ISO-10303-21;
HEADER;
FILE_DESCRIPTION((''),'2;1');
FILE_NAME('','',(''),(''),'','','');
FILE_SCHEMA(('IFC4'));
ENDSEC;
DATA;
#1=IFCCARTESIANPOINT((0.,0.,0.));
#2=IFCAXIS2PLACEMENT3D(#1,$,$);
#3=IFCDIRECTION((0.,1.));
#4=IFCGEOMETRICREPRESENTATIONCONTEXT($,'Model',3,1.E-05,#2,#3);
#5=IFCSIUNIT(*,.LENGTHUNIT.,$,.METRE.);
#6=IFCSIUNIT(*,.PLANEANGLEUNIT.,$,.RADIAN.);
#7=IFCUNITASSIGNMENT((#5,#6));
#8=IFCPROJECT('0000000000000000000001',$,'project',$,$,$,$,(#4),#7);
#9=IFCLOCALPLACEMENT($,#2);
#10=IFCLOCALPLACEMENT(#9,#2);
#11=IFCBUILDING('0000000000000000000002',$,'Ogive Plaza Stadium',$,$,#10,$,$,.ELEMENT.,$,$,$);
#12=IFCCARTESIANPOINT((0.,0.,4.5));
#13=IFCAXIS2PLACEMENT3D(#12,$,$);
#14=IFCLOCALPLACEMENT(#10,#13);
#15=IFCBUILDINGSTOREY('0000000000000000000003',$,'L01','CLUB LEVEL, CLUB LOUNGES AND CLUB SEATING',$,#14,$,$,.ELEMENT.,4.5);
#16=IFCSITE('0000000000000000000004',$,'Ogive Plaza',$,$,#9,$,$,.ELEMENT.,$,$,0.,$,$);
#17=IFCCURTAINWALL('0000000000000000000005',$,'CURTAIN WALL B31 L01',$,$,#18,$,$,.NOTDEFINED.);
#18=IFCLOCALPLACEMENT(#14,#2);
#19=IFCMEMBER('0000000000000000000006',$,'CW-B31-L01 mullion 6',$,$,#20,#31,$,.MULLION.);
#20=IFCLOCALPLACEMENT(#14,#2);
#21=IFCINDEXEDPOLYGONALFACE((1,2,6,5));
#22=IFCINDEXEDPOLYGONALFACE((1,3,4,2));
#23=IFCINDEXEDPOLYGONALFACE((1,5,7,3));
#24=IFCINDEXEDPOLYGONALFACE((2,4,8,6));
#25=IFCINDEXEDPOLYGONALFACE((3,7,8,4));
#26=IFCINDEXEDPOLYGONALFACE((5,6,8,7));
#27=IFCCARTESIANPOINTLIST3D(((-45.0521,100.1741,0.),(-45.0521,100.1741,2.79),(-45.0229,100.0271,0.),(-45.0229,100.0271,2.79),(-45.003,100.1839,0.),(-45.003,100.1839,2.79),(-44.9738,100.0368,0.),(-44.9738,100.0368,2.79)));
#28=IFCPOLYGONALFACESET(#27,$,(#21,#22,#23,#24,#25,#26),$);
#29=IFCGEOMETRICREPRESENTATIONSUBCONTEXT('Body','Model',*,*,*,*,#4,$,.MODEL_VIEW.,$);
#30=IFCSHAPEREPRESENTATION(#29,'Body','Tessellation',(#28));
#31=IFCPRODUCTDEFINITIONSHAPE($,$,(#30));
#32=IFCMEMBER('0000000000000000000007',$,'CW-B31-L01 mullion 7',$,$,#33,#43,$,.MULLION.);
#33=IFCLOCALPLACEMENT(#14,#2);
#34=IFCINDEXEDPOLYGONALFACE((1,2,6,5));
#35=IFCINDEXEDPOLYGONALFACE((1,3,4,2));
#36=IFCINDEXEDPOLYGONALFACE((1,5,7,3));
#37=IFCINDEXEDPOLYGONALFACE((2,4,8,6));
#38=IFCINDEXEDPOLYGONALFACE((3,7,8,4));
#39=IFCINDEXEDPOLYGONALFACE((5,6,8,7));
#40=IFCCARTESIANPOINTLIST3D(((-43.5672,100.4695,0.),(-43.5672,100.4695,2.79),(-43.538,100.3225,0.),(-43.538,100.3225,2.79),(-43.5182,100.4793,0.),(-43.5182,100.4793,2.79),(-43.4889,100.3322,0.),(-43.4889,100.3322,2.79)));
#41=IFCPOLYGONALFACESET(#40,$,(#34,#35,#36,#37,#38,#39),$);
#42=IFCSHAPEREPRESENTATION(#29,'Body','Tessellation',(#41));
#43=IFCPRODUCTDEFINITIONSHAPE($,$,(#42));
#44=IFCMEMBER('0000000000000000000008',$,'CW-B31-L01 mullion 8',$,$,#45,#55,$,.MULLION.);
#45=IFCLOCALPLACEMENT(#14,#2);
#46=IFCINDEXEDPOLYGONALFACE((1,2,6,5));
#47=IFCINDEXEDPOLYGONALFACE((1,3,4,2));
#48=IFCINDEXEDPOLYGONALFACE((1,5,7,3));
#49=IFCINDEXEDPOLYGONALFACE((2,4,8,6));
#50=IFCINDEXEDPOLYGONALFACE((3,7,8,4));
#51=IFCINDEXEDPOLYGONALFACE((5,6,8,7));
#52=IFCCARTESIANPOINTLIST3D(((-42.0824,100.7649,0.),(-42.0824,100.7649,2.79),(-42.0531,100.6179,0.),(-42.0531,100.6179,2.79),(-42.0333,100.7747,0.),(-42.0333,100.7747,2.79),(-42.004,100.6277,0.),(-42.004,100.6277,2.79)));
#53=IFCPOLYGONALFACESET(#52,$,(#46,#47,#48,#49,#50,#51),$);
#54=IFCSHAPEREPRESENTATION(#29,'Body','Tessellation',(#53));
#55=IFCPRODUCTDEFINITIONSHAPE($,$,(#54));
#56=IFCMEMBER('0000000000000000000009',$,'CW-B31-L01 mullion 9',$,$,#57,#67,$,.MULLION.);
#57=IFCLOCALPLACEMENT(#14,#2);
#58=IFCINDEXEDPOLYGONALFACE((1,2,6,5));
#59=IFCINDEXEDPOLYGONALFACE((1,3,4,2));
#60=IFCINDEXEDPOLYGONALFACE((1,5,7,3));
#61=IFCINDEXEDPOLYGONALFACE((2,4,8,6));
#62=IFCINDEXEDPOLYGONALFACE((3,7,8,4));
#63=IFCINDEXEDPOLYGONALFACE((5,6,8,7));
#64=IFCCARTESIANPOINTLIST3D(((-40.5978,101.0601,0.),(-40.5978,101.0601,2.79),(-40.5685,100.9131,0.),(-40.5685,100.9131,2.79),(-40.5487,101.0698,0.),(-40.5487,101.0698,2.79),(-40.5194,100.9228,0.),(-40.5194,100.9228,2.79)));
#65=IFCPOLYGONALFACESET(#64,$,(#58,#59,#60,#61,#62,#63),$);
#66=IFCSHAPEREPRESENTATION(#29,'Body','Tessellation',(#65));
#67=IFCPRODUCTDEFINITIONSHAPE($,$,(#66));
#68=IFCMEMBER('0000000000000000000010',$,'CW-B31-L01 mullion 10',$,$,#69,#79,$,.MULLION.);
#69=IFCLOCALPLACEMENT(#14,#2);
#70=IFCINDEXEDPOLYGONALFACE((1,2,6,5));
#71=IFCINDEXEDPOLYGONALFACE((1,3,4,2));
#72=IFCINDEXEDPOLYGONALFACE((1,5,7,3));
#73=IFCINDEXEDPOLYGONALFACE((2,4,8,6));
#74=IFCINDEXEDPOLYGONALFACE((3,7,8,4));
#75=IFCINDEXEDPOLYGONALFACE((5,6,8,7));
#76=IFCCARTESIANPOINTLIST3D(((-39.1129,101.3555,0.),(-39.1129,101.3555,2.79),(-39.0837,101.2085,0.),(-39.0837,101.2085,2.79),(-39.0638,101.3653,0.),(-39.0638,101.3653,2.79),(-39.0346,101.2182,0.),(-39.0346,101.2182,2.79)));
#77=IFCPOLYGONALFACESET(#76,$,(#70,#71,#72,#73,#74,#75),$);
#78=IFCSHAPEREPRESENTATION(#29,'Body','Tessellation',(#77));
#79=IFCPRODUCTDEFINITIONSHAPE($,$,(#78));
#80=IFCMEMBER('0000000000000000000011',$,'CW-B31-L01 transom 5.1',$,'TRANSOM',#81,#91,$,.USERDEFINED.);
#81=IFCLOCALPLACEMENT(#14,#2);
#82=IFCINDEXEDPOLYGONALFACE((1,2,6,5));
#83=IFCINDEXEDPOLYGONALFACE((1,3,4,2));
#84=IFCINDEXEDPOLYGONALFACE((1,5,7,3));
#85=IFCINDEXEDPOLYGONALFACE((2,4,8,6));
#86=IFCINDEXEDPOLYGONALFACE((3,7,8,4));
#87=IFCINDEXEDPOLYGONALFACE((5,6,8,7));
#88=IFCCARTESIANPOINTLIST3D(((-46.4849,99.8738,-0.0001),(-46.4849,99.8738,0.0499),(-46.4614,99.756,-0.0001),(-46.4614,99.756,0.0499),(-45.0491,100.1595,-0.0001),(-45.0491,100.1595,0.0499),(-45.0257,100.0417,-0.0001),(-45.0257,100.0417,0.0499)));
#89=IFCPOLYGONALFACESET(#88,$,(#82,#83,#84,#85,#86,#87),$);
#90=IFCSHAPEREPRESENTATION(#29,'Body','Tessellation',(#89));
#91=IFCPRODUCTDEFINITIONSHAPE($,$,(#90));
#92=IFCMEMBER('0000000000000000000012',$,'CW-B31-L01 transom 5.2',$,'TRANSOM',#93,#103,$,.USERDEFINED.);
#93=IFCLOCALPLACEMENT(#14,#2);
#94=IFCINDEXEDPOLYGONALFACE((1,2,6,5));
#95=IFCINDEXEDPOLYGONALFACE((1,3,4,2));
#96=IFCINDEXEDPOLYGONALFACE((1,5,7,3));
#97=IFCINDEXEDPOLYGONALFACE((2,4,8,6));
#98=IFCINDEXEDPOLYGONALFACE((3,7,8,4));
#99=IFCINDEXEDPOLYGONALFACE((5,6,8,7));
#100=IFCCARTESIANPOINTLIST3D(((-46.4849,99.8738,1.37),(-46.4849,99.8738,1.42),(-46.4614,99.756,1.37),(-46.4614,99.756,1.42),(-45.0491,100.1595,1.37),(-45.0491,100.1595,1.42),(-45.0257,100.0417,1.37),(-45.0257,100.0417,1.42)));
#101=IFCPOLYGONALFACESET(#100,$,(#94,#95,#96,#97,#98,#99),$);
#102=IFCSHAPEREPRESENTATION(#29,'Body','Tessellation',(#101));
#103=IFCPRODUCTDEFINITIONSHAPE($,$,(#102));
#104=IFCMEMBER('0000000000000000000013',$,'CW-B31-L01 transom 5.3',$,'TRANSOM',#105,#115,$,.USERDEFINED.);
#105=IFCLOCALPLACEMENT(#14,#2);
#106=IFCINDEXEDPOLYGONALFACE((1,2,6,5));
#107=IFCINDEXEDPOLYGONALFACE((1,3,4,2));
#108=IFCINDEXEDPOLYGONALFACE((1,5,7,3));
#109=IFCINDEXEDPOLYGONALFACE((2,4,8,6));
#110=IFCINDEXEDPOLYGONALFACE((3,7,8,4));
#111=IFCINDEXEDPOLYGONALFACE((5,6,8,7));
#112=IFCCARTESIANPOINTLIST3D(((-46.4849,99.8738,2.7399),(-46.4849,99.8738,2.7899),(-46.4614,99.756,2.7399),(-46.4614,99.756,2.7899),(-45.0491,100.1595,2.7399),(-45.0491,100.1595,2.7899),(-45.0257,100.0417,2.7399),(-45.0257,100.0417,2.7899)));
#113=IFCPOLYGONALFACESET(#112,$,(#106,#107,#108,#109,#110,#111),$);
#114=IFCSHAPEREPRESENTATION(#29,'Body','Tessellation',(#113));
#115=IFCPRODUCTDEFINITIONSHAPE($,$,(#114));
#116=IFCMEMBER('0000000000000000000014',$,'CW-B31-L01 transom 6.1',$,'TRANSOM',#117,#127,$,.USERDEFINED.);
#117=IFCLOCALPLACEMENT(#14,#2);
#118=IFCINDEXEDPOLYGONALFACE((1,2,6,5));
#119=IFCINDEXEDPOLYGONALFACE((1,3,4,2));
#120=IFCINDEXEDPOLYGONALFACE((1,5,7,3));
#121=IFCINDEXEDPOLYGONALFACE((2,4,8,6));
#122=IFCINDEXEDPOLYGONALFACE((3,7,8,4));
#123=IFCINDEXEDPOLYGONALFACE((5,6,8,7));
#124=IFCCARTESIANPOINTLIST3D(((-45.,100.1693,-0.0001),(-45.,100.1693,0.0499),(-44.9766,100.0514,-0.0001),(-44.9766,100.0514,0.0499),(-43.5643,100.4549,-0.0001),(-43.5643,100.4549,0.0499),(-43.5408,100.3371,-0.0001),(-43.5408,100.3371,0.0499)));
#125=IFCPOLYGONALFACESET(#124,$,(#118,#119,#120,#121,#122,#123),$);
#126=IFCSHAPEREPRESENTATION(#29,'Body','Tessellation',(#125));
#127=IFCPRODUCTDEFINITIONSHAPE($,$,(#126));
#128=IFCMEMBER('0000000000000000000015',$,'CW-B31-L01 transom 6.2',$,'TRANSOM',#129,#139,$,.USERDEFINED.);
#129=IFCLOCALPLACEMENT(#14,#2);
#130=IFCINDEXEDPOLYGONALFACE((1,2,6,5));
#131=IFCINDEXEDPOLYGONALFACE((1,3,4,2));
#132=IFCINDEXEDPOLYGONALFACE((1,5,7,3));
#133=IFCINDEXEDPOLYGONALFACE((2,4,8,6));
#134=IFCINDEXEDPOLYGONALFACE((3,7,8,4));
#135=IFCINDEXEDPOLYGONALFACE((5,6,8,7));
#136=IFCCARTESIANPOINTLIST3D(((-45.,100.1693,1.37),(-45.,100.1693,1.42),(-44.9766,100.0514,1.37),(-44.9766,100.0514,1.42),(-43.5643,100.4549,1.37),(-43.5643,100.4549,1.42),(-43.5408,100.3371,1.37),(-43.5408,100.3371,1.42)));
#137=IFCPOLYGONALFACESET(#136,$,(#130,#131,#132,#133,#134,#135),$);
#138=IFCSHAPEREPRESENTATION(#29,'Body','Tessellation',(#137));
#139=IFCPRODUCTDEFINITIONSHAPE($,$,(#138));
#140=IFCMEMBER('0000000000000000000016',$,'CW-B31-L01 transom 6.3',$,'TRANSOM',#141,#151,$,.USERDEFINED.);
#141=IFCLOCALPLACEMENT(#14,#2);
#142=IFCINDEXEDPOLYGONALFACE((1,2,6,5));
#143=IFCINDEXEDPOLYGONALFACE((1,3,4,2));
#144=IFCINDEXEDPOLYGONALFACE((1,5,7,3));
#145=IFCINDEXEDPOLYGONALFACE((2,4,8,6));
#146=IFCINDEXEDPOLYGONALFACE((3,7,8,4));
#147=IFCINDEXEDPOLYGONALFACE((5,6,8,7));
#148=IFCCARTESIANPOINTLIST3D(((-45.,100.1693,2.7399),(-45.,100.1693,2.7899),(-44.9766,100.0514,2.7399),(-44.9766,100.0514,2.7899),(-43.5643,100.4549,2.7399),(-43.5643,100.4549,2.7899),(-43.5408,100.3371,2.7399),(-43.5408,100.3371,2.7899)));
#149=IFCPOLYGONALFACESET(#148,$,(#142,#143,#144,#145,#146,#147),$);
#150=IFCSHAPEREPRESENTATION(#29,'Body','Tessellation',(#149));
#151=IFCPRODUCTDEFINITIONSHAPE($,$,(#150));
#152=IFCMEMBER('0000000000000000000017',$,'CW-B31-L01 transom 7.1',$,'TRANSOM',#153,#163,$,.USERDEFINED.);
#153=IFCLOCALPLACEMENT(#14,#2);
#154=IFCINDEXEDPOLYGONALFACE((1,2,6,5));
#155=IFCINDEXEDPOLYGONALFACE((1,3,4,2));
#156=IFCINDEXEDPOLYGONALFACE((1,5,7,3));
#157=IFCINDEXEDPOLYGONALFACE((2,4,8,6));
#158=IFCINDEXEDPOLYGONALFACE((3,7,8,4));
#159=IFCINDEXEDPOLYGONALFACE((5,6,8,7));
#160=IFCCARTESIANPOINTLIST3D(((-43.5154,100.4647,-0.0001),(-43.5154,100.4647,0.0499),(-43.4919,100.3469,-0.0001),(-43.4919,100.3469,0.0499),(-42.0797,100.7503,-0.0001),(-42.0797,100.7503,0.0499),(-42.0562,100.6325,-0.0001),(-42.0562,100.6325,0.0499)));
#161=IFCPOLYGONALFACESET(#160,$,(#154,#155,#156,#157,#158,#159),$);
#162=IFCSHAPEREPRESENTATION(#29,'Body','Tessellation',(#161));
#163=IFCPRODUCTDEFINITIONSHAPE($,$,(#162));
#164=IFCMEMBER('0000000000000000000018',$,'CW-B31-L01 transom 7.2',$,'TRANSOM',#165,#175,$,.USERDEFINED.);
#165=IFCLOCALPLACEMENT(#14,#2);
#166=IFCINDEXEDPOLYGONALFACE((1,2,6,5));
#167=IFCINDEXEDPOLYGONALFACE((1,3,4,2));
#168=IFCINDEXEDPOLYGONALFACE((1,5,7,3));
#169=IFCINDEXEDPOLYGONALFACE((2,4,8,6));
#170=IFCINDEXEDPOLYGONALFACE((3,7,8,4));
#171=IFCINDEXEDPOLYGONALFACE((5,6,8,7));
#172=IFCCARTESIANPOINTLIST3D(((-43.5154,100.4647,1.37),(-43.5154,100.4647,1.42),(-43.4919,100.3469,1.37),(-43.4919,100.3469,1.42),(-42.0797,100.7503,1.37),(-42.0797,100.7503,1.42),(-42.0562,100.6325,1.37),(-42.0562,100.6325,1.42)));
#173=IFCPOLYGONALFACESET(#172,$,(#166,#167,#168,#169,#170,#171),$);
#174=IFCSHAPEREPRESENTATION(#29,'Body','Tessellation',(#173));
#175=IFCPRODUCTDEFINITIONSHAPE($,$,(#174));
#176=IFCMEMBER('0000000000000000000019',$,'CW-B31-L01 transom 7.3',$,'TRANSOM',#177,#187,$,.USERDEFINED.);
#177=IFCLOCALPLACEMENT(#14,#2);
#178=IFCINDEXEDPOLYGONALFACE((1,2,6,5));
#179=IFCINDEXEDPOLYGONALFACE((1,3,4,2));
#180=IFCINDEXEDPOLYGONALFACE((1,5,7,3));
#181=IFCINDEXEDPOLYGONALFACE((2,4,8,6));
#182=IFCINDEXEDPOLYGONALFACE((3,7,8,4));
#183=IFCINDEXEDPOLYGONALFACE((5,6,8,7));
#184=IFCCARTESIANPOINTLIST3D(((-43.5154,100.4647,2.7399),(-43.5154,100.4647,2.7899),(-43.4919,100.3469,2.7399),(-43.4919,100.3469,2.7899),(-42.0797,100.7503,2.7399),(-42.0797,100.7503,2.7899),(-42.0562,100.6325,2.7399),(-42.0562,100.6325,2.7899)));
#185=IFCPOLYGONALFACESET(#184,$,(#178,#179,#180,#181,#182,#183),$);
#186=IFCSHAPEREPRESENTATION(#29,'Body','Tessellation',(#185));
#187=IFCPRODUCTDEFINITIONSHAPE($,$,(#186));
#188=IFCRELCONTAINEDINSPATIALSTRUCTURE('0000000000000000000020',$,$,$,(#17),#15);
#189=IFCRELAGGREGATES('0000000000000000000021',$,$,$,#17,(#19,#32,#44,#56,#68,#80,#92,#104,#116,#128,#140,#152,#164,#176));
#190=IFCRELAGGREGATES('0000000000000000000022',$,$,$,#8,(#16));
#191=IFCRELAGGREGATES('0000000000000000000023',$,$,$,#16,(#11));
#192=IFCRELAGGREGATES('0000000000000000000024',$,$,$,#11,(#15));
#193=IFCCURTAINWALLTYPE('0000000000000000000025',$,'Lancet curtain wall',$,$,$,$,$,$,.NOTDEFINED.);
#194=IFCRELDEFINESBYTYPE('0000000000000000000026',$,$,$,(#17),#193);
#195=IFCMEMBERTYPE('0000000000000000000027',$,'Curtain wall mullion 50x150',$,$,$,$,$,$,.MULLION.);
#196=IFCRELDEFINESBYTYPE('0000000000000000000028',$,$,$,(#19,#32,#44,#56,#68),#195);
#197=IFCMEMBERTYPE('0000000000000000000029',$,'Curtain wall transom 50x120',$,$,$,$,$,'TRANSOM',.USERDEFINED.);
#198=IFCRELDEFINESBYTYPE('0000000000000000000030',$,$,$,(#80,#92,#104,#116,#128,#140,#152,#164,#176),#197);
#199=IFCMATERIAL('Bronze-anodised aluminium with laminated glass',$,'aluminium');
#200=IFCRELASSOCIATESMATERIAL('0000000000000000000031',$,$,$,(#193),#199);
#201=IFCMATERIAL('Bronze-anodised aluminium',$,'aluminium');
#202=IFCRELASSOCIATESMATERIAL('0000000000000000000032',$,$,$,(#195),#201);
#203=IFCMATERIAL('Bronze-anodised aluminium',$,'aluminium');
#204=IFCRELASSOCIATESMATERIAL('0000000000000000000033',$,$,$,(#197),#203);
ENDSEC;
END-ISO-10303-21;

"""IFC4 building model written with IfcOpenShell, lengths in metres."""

from ifc_helpers import new_model, si_unit, direction, frame, origin, origin_2d, place, context, subcontext, project, spatial, rectangle, extrude, material, material_profile, profile_set, type_object, element, aggregate, save


model = new_model("IFC4")

# Units and contexts
model_context = context("Model", 3, precision=1e-05, world=origin(), true_north=direction((0.0, 1.0)))
body_context = subcontext(model_context, "Body", "Model", "MODEL_VIEW")
ifc_project = project(units=[si_unit("LENGTHUNIT", "METRE"), si_unit("PLANEANGLEUNIT", "RADIAN")], contexts=[model_context])

# Site, building, storey
site_placement = place(None, origin())
site = spatial("IfcSite", under=ifc_project, at=site_placement, Name="Ogive Plaza", CompositionType="ELEMENT", RefElevation=0.0)
building_placement = place(site_placement, origin())
building = spatial("IfcBuilding", under=site, at=building_placement, Name="Ogive Plaza Stadium", CompositionType="ELEMENT")
storey_placement = place(building_placement, frame((0.0, 0.0, 4.5)))
storey = spatial("IfcBuildingStorey", under=building, at=storey_placement, Name="L01", Description="CLUB LEVEL, CLUB LOUNGES AND CLUB SEATING", CompositionType="ELEMENT", Elevation=4.5)

# Curtain wall, members
ifc_material_1 = material(Name="Bronze-anodised aluminium with laminated glass", Category="aluminium")
curtain_wall_type = type_object("IfcCurtainWallType", Name="Lancet curtain wall", PredefinedType="NOTDEFINED", material=ifc_material_1)
curtain_wall_placement = place(storey_placement, origin())
curtain_wall = element("IfcCurtainWall", 1, at=curtain_wall_placement, inside=storey, type_object=curtain_wall_type, Name="CURTAIN WALL B31 L01", PredefinedType="NOTDEFINED")
ifc_material_2 = material(Name="Bronze-anodised aluminium", Category="aluminium")
ifc_material_profile_1 = material_profile(ifc_material_2, rectangle(XDim=0.1499, YDim=0.05, at=origin_2d()), Name="AL 150x50")
ifc_profile_set_1 = profile_set([ifc_material_profile_1], Name="Bronze-anodised aluminium")
member_type_1 = type_object("IfcMemberType", Name="Curtain wall mullion 50x150", PredefinedType="MULLION", material=ifc_profile_set_1)
member_1_placement = place(storey_placement, frame((-45.0129, 100.1055, 0.0), z_axis=(0.0, 0.0, 1.0), x_axis=(-0.19509, 0.980785, 0.0)))
member_1 = element("IfcMember", 2, at=member_1_placement, type_object=member_type_1, Name="CW-B31-L01 mullion 6", PredefinedType="MULLION", context=body_context, shape_type="SweptSolid", body=[
    extrude(rectangle(XDim=0.1499, YDim=0.05, at=origin_2d()), origin(), (0.0, 0.0, 1.0), 2.79),
])
member_2_placement = place(storey_placement, frame((-43.5281, 100.4009, 0.0), z_axis=(0.0, 0.0, 1.0), x_axis=(-0.19509, 0.980785, 0.0)))
member_2 = element("IfcMember", 3, at=member_2_placement, type_object=member_type_1, Name="CW-B31-L01 mullion 7", PredefinedType="MULLION", context=body_context, shape_type="SweptSolid", body=[
    extrude(rectangle(XDim=0.1499, YDim=0.05, at=origin_2d()), origin(), (0.0, 0.0, 1.0), 2.79),
])
member_3_placement = place(storey_placement, frame((-42.0432, 100.6963, 0.0), z_axis=(0.0, 0.0, 1.0), x_axis=(-0.19509, 0.980785, 0.0)))
member_3 = element("IfcMember", 4, at=member_3_placement, type_object=member_type_1, Name="CW-B31-L01 mullion 8", PredefinedType="MULLION", context=body_context, shape_type="SweptSolid", body=[
    extrude(rectangle(XDim=0.1499, YDim=0.05, at=origin_2d()), origin(), (0.0, 0.0, 1.0), 2.79),
])
member_4_placement = place(storey_placement, frame((-40.5586, 100.9915, 0.0), z_axis=(0.0, 0.0, 1.0), x_axis=(-0.19509, 0.980785, 0.0)))
member_4 = element("IfcMember", 5, at=member_4_placement, type_object=member_type_1, Name="CW-B31-L01 mullion 9", PredefinedType="MULLION", context=body_context, shape_type="SweptSolid", body=[
    extrude(rectangle(XDim=0.1499, YDim=0.05, at=origin_2d()), origin(), (0.0, 0.0, 1.0), 2.79),
])
member_5_placement = place(storey_placement, frame((-39.0737, 101.2869, 0.0), z_axis=(0.0, 0.0, 1.0), x_axis=(-0.19509, 0.980785, 0.0)))
member_5 = element("IfcMember", 6, at=member_5_placement, type_object=member_type_1, Name="CW-B31-L01 mullion 10", PredefinedType="MULLION", context=body_context, shape_type="SweptSolid", body=[
    extrude(rectangle(XDim=0.1499, YDim=0.05, at=origin_2d()), origin(), (0.0, 0.0, 1.0), 2.79),
])
ifc_material_3 = material(Name="Bronze-anodised aluminium", Category="aluminium")
ifc_material_profile_2 = material_profile(ifc_material_3, rectangle(XDim=0.1201, YDim=0.05, at=origin_2d()), Name="AL 120x50")
ifc_profile_set_2 = profile_set([ifc_material_profile_2], Name="Bronze-anodised aluminium")
member_type_2 = type_object("IfcMemberType", Name="Curtain wall transom 50x120", ElementType="TRANSOM", PredefinedType="USERDEFINED", material=ifc_profile_set_2)
member_6_placement = place(storey_placement, frame((-46.4731, 99.8149, 0.0249), z_axis=(0.980779, 0.195122, 0.0), x_axis=(-0.195122, 0.980779, 0.0)))
member_6 = element("IfcMember", 7, at=member_6_placement, type_object=member_type_2, Name="CW-B31-L01 transom 5.1", ObjectType="TRANSOM", PredefinedType="USERDEFINED", context=body_context, shape_type="SweptSolid", body=[
    extrude(rectangle(XDim=0.1201, YDim=0.05, at=origin_2d()), origin(), (0.0, 0.0, 1.0), 1.4639),
])
member_7_placement = place(storey_placement, frame((-46.4731, 99.8149, 1.395), z_axis=(0.980779, 0.195122, 0.0), x_axis=(-0.195122, 0.980779, 0.0)))
member_7 = element("IfcMember", 8, at=member_7_placement, type_object=member_type_2, Name="CW-B31-L01 transom 5.2", ObjectType="TRANSOM", PredefinedType="USERDEFINED", context=body_context, shape_type="SweptSolid", body=[
    extrude(rectangle(XDim=0.1201, YDim=0.05, at=origin_2d()), origin(), (0.0, 0.0, 1.0), 1.4639),
])
member_8_placement = place(storey_placement, frame((-46.4731, 99.8149, 2.7649), z_axis=(0.980779, 0.195122, 0.0), x_axis=(-0.195122, 0.980779, 0.0)))
member_8 = element("IfcMember", 9, at=member_8_placement, type_object=member_type_2, Name="CW-B31-L01 transom 5.3", ObjectType="TRANSOM", PredefinedType="USERDEFINED", context=body_context, shape_type="SweptSolid", body=[
    extrude(rectangle(XDim=0.1201, YDim=0.05, at=origin_2d()), origin(), (0.0, 0.0, 1.0), 1.4639),
])
member_9_placement = place(storey_placement, frame((-44.9883, 100.1104, 0.0249), z_axis=(0.980779, 0.195122, 0.0), x_axis=(-0.195122, 0.980779, 0.0)))
member_9 = element("IfcMember", 10, at=member_9_placement, type_object=member_type_2, Name="CW-B31-L01 transom 6.1", ObjectType="TRANSOM", PredefinedType="USERDEFINED", context=body_context, shape_type="SweptSolid", body=[
    extrude(rectangle(XDim=0.1201, YDim=0.05, at=origin_2d()), origin(), (0.0, 0.0, 1.0), 1.4639),
])
member_10_placement = place(storey_placement, frame((-44.9883, 100.1104, 1.395), z_axis=(0.980779, 0.195122, 0.0), x_axis=(-0.195122, 0.980779, 0.0)))
member_10 = element("IfcMember", 11, at=member_10_placement, type_object=member_type_2, Name="CW-B31-L01 transom 6.2", ObjectType="TRANSOM", PredefinedType="USERDEFINED", context=body_context, shape_type="SweptSolid", body=[
    extrude(rectangle(XDim=0.1201, YDim=0.05, at=origin_2d()), origin(), (0.0, 0.0, 1.0), 1.4639),
])
member_11_placement = place(storey_placement, frame((-44.9883, 100.1104, 2.7649), z_axis=(0.980779, 0.195122, 0.0), x_axis=(-0.195122, 0.980779, 0.0)))
member_11 = element("IfcMember", 12, at=member_11_placement, type_object=member_type_2, Name="CW-B31-L01 transom 6.3", ObjectType="TRANSOM", PredefinedType="USERDEFINED", context=body_context, shape_type="SweptSolid", body=[
    extrude(rectangle(XDim=0.1201, YDim=0.05, at=origin_2d()), origin(), (0.0, 0.0, 1.0), 1.4639),
])
member_12_placement = place(storey_placement, frame((-43.5037, 100.4058, 0.0249), z_axis=(0.980779, 0.195122, 0.0), x_axis=(-0.195122, 0.980779, 0.0)))
member_12 = element("IfcMember", 13, at=member_12_placement, type_object=member_type_2, Name="CW-B31-L01 transom 7.1", ObjectType="TRANSOM", PredefinedType="USERDEFINED", context=body_context, shape_type="SweptSolid", body=[
    extrude(rectangle(XDim=0.1201, YDim=0.05, at=origin_2d()), origin(), (0.0, 0.0, 1.0), 1.4639),
])
member_13_placement = place(storey_placement, frame((-43.5037, 100.4058, 1.395), z_axis=(0.980779, 0.195122, 0.0), x_axis=(-0.195122, 0.980779, 0.0)))
member_13 = element("IfcMember", 14, at=member_13_placement, type_object=member_type_2, Name="CW-B31-L01 transom 7.2", ObjectType="TRANSOM", PredefinedType="USERDEFINED", context=body_context, shape_type="SweptSolid", body=[
    extrude(rectangle(XDim=0.1201, YDim=0.05, at=origin_2d()), origin(), (0.0, 0.0, 1.0), 1.4639),
])
member_14_placement = place(storey_placement, frame((-43.5037, 100.4058, 2.7649), z_axis=(0.980779, 0.195122, 0.0), x_axis=(-0.195122, 0.980779, 0.0)))
member_14 = element("IfcMember", 15, at=member_14_placement, type_object=member_type_2, Name="CW-B31-L01 transom 7.3", ObjectType="TRANSOM", PredefinedType="USERDEFINED", context=body_context, shape_type="SweptSolid", body=[
    extrude(rectangle(XDim=0.1201, YDim=0.05, at=origin_2d()), origin(), (0.0, 0.0, 1.0), 1.4639),
])
aggregate(curtain_wall, [member_1, member_2, member_3, member_4, member_5, member_6, member_7, member_8, member_9, member_10, member_11, member_12, member_13, member_14])

save(model, "model.ifc")
